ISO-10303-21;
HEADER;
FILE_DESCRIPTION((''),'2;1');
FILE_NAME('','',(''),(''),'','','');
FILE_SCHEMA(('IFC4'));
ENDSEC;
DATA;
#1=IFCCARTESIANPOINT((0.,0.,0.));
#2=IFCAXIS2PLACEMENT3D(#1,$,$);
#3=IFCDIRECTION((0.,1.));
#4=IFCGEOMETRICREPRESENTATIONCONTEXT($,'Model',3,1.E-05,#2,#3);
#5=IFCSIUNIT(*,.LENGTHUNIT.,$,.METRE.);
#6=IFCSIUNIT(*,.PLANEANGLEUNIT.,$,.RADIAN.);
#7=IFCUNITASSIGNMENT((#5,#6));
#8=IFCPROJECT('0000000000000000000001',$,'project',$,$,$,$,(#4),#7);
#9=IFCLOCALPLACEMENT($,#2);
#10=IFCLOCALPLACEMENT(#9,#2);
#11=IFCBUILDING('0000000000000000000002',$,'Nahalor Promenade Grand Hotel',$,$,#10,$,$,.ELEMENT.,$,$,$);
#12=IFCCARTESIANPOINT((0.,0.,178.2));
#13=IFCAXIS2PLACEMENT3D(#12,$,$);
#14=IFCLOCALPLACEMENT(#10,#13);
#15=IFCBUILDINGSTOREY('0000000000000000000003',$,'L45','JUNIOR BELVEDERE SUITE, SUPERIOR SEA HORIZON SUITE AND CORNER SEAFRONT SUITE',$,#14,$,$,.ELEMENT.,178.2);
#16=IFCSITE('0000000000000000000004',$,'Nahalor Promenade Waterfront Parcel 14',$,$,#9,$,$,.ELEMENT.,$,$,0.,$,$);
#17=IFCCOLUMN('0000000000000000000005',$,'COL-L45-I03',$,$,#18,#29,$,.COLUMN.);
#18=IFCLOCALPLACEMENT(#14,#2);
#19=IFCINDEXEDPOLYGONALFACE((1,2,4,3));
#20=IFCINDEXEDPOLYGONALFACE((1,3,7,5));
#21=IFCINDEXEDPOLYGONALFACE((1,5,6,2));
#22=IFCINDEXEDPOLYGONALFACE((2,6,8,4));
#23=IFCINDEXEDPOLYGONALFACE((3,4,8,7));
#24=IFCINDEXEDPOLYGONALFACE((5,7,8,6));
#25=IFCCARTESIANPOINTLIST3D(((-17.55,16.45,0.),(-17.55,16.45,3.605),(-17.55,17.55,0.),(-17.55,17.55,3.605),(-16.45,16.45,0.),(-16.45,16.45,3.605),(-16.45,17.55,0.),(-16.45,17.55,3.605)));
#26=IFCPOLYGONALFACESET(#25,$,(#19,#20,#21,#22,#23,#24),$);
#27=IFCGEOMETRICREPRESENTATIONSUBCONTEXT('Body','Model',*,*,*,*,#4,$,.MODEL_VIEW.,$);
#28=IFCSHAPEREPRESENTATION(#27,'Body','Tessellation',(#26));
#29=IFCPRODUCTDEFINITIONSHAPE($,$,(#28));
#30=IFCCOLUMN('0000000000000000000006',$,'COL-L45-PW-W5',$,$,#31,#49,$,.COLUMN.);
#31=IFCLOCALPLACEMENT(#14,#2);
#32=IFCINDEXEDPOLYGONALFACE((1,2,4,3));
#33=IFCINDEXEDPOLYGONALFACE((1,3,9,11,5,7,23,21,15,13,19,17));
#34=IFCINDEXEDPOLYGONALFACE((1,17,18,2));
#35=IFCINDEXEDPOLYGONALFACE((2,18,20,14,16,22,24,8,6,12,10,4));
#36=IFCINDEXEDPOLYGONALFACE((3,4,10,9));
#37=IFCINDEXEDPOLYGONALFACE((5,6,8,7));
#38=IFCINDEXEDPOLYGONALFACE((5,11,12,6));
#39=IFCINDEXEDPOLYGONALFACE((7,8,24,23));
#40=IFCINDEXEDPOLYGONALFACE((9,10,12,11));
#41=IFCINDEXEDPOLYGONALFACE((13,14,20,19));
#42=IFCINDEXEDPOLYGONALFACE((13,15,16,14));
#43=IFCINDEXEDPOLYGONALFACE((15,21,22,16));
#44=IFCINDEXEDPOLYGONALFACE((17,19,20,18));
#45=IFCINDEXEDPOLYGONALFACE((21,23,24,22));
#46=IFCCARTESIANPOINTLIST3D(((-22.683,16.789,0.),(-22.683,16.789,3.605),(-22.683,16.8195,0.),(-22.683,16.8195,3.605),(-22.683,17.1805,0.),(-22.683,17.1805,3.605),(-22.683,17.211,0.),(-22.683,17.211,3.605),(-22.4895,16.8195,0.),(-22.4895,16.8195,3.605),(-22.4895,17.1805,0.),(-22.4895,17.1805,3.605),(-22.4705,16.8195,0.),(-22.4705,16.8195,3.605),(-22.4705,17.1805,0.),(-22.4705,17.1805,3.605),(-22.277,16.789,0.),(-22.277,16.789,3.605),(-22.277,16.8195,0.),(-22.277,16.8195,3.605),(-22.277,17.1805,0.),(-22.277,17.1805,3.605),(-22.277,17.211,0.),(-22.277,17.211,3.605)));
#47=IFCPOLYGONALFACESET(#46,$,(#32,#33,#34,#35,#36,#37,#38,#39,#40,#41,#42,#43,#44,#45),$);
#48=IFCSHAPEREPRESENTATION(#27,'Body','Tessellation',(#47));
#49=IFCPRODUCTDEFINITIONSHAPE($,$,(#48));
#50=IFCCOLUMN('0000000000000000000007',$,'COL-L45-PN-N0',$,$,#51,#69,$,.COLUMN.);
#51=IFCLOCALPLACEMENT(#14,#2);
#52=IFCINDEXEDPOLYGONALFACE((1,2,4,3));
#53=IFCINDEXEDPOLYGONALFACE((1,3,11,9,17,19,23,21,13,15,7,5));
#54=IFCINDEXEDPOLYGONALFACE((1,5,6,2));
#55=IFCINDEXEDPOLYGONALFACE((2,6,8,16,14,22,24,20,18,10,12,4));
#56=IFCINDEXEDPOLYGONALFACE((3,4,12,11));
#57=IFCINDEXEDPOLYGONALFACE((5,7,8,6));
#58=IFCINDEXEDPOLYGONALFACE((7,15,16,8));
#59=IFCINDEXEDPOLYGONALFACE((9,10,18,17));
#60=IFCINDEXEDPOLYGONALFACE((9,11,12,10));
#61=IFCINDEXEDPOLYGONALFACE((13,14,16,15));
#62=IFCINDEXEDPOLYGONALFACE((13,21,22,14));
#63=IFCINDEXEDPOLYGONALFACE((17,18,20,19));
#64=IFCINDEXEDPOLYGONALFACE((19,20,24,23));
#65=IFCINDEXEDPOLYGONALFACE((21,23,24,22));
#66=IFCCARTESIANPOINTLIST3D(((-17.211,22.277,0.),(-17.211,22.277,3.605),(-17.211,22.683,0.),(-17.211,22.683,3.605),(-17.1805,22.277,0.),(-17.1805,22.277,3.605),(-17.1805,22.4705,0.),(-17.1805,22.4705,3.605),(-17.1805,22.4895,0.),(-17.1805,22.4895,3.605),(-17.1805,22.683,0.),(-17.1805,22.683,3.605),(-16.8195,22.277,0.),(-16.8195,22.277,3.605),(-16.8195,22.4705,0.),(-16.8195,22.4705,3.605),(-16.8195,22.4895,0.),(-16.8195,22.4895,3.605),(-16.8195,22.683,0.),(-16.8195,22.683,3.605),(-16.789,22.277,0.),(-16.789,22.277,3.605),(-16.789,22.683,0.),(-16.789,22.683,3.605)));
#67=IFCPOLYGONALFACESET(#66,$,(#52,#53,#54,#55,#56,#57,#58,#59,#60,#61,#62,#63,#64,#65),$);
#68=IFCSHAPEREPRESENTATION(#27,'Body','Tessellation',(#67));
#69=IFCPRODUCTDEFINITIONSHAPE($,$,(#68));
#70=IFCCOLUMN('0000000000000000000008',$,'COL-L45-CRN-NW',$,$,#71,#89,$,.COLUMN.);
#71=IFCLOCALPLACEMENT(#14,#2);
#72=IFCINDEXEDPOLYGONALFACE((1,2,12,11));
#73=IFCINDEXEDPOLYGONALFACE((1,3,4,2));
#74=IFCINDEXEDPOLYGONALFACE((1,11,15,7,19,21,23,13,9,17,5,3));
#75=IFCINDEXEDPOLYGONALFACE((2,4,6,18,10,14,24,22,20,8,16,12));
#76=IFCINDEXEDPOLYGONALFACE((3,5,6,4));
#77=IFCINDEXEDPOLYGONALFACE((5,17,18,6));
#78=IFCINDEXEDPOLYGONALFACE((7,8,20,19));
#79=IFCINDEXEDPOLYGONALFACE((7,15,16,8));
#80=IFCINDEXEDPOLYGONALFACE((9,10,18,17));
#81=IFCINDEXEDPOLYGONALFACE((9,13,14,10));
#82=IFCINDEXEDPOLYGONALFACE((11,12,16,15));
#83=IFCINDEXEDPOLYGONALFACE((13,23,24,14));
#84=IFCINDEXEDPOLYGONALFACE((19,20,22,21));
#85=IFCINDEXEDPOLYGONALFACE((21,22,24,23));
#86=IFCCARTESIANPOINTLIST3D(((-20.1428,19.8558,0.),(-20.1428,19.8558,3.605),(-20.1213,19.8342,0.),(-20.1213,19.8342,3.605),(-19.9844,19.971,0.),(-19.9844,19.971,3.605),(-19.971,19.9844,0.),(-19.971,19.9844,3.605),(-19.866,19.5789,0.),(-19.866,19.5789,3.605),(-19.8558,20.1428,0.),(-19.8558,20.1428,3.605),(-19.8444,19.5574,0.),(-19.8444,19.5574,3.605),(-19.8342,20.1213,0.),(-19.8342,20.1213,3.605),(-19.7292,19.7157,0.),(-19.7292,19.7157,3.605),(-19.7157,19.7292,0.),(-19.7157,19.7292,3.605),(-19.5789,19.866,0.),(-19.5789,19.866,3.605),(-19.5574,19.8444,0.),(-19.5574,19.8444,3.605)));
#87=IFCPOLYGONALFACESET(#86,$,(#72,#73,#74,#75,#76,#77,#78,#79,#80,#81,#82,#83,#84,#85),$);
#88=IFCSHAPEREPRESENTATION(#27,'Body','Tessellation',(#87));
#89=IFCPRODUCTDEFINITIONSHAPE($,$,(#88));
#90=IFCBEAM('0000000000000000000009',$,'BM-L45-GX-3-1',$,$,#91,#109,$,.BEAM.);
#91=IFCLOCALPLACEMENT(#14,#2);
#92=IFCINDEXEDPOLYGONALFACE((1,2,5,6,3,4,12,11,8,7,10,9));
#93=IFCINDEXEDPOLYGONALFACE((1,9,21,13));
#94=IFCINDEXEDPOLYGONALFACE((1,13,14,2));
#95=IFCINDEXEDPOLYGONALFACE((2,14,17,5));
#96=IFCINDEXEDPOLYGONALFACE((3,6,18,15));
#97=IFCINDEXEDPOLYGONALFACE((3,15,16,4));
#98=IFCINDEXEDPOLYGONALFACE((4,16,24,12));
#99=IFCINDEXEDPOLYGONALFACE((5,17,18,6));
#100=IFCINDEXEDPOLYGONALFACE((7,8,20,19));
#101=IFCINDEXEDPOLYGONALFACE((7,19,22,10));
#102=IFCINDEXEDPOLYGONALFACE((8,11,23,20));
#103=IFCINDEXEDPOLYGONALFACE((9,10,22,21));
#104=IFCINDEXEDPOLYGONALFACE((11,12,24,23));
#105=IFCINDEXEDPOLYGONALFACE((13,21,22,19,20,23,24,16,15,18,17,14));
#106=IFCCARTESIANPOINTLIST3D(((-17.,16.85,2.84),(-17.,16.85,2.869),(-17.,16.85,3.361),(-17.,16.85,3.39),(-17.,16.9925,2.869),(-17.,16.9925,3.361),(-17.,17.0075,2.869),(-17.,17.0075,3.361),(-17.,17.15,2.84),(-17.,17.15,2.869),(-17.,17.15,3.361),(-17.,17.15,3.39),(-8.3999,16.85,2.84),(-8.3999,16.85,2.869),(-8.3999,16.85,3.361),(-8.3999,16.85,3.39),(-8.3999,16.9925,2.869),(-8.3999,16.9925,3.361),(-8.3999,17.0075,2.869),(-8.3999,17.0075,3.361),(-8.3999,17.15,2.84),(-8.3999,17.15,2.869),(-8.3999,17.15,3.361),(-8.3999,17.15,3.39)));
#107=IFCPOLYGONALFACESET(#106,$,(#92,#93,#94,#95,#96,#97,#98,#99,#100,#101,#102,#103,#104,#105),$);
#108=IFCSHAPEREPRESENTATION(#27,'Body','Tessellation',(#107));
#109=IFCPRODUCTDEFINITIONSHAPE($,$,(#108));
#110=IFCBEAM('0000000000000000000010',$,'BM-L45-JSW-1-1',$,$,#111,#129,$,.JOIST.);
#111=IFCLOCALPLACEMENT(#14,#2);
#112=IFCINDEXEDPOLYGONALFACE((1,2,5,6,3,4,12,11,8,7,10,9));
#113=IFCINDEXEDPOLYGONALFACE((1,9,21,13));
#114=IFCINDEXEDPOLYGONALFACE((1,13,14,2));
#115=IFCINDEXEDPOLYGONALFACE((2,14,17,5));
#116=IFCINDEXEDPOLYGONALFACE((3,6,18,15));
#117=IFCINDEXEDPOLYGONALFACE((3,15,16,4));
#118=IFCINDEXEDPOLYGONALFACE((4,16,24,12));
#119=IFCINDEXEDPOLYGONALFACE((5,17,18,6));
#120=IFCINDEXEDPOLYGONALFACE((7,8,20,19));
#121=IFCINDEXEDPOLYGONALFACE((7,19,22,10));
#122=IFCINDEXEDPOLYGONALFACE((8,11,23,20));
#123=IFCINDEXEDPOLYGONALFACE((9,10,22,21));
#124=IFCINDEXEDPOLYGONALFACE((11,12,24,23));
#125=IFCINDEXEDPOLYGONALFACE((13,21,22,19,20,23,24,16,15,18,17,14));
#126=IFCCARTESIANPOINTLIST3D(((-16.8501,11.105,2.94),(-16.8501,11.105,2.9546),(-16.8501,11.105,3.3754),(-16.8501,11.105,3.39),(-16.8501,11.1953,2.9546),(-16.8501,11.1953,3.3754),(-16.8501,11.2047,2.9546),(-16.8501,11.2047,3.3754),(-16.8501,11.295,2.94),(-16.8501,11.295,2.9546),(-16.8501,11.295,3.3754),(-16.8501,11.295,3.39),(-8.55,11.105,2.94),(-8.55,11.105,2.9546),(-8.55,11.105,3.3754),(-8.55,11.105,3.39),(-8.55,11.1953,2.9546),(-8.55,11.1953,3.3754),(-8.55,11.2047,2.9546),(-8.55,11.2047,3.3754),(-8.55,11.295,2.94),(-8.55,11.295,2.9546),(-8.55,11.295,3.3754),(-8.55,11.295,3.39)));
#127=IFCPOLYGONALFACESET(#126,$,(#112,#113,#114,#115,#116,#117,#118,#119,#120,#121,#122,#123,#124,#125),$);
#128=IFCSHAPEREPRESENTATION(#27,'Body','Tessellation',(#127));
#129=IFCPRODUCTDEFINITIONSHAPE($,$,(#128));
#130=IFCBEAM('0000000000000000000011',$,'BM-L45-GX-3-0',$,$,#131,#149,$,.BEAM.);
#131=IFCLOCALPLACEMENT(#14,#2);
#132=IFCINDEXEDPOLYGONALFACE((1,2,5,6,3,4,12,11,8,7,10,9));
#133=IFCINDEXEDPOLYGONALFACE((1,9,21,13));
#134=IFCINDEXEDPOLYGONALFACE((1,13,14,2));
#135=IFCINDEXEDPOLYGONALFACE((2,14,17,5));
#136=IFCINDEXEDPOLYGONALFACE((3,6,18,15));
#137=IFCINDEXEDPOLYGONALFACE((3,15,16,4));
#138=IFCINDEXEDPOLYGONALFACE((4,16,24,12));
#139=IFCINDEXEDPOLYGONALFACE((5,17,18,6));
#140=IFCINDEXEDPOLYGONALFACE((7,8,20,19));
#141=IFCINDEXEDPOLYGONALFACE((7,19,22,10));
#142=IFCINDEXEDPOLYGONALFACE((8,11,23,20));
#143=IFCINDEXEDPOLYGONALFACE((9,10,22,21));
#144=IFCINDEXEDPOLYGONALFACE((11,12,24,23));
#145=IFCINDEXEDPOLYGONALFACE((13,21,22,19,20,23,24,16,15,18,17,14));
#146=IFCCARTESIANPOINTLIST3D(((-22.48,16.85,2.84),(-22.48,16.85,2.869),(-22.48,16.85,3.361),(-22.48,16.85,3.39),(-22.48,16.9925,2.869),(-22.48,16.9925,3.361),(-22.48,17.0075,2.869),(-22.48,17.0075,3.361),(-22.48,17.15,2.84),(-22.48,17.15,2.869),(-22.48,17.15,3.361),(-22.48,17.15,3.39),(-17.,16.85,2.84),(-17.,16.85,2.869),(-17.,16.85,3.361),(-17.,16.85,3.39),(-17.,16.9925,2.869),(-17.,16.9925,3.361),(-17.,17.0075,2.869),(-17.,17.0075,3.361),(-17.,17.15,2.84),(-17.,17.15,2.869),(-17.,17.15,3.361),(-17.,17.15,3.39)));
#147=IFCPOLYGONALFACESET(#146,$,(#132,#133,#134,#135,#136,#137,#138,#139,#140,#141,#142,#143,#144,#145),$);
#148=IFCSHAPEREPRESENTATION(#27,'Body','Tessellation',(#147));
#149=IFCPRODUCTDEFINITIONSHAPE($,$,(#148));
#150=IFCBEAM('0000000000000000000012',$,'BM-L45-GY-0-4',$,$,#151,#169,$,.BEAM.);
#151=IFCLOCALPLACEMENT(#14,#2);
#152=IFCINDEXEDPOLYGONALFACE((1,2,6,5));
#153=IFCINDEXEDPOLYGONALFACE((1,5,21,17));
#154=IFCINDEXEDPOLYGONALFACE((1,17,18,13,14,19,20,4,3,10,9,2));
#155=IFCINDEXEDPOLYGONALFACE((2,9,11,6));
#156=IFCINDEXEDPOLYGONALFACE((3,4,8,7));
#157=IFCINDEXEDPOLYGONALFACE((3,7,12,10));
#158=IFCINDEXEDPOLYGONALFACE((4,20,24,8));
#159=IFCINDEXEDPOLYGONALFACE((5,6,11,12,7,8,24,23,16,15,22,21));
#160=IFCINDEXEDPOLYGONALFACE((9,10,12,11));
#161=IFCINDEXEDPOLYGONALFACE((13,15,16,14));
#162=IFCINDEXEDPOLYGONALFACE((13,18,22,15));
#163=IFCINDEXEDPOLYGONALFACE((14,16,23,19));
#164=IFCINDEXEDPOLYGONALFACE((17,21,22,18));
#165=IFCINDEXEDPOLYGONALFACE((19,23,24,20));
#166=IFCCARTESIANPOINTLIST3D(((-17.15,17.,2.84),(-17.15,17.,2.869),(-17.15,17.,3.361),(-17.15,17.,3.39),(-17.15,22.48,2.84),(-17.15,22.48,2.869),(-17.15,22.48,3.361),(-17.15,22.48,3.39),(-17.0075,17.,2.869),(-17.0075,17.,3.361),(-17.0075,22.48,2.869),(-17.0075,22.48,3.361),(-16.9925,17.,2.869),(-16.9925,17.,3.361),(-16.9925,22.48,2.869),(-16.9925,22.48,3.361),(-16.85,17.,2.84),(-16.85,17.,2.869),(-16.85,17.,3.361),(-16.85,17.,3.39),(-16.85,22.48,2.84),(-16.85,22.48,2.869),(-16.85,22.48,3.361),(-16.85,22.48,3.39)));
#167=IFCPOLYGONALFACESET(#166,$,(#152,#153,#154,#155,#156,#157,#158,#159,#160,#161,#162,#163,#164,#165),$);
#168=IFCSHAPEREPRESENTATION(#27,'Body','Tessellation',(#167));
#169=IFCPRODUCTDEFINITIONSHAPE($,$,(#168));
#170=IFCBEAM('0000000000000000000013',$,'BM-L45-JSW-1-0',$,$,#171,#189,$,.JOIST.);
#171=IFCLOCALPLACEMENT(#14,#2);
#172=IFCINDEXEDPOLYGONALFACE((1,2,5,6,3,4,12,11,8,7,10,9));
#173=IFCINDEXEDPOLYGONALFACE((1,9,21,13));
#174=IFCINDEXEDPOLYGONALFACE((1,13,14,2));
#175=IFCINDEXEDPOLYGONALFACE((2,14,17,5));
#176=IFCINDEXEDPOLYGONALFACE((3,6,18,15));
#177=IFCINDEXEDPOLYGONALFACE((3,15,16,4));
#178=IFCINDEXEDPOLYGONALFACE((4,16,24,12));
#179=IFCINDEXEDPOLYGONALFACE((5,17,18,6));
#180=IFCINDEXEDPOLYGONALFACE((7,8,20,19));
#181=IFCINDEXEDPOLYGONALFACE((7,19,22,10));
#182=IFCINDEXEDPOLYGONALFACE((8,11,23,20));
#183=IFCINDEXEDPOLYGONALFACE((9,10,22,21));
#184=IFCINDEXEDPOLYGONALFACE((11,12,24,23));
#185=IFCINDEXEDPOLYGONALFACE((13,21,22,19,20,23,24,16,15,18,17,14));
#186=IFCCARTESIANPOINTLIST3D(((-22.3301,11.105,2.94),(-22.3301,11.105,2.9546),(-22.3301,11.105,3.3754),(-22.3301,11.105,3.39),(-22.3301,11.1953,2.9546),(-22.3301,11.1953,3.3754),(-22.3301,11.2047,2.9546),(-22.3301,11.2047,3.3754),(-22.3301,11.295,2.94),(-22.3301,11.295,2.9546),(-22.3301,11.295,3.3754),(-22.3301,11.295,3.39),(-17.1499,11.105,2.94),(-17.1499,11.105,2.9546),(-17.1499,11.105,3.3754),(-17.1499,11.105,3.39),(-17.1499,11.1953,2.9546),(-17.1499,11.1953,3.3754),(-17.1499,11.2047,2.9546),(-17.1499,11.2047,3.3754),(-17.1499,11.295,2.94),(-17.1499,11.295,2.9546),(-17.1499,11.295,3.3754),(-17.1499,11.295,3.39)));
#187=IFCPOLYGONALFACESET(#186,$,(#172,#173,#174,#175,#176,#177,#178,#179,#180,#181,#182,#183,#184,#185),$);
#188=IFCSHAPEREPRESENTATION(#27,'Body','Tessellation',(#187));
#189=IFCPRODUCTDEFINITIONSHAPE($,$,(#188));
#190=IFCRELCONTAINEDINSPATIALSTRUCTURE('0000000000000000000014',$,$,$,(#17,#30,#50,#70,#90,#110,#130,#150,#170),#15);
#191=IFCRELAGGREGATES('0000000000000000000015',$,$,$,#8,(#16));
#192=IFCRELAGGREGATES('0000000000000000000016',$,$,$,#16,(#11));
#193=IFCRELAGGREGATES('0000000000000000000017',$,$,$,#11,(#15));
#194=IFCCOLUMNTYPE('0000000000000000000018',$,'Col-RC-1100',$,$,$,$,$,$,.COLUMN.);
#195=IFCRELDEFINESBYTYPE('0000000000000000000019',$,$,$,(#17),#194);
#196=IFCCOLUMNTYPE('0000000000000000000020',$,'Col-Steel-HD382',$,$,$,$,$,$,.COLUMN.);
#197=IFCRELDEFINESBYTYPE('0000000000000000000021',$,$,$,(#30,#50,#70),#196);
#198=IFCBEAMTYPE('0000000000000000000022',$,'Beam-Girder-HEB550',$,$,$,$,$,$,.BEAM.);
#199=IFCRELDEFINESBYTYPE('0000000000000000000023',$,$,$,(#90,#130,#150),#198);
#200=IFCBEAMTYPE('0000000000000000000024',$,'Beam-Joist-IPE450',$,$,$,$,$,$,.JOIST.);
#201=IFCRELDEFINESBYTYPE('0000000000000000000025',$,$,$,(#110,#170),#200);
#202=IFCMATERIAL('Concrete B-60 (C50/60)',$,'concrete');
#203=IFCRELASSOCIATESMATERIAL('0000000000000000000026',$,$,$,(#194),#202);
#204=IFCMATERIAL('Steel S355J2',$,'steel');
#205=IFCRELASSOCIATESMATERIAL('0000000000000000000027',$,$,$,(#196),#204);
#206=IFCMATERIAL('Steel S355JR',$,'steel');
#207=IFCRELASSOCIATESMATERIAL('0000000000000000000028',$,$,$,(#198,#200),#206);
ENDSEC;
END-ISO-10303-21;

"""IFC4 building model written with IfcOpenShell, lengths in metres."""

from ifc_helpers import new_model, si_unit, direction, frame, origin, origin_2d, place, context, subcontext, project, spatial, rectangle, i_section, extrude, source, transform, mapped, material, material_profile, profile_set, type_object, element, save


model = new_model("IFC4")

# Units and contexts
model_context = context("Model", 3, precision=1e-05, world=origin(), true_north=direction((0.0, 1.0)))
body_context = subcontext(model_context, "Body", "Model", "MODEL_VIEW")
ifc_project = project(units=[si_unit("LENGTHUNIT", "METRE"), si_unit("PLANEANGLEUNIT", "RADIAN")], contexts=[model_context])

# Site, building, storey
site_placement = place(None, origin())
site = spatial("IfcSite", under=ifc_project, at=site_placement, Name="Nahalor Promenade Waterfront Parcel 14", CompositionType="ELEMENT", RefElevation=0.0)
building_placement = place(site_placement, origin())
building = spatial("IfcBuilding", under=site, at=building_placement, Name="Nahalor Promenade Grand Hotel", CompositionType="ELEMENT")
storey_placement = place(building_placement, frame((0.0, 0.0, 178.2)))
storey = spatial("IfcBuildingStorey", under=building, at=storey_placement, Name="L45", Description="JUNIOR BELVEDERE SUITE, SUPERIOR SEA HORIZON SUITE AND CORNER SEAFRONT SUITE", CompositionType="ELEMENT", Elevation=178.2)

# Columns
ifc_material_1 = material(Name="Concrete B-60 (C50/60)", Category="concrete")
ifc_material_profile_1 = material_profile(ifc_material_1, rectangle(XDim=1.1, YDim=1.1, at=origin_2d()), Name="RC 1100x1100")
ifc_profile_set_1 = profile_set([ifc_material_profile_1], Name="Concrete B-60 (C50/60)")
column_type_1 = type_object("IfcColumnType", Name="Col-RC-1100", PredefinedType="COLUMN", material=ifc_profile_set_1)
shared_shape_1 = source(origin(), body_context, "Body", "SweptSolid", [
    extrude(rectangle(XDim=1.1, YDim=1.1, at=origin_2d()), origin(), (0.0, 0.0, 1.0), 3.605),
])
column_placement = place(storey_placement, frame((-17.0, 17.0, 0.0), z_axis=(0.0, 0.0, 1.0), x_axis=(1.0, 0.0, 0.0)))
element("IfcColumn", 1, at=column_placement, inside=storey, type_object=column_type_1, Name="COL-L45-I03", PredefinedType="COLUMN", context=body_context, shape_type="MappedRepresentation", body=[
    mapped(shared_shape_1, transform((0.0, 0.0, 0.0), scale=1.0)),
])
ifc_material_2 = material(Name="Steel S355J2", Category="steel")
ifc_material_profile_2 = material_profile(ifc_material_2, i_section(OverallWidth=0.406, OverallDepth=0.422, WebThickness=0.019, FlangeThickness=0.0305, at=origin_2d()), Name="HD 400x382")
ifc_profile_set_2 = profile_set([ifc_material_profile_2], Name="Steel S355J2")
column_type_2 = type_object("IfcColumnType", Name="Col-Steel-HD382", PredefinedType="COLUMN", material=ifc_profile_set_2)
shared_shape_2 = source(origin(), body_context, "Body", "SweptSolid", [
    extrude(i_section(OverallWidth=0.406, OverallDepth=0.422, WebThickness=0.019, FlangeThickness=0.0305, at=origin_2d()), origin(), (0.0, 0.0, 1.0), 3.605),
])
for number, where, z_axis, x_axis, name in (
    (2, (-22.48, 17.0, 0.0), (0.0, 0.0, 1.0), (1.0, 0.0, 0.0), "COL-L45-PW-W5"),
    (3, (-17.0, 22.48, 0.0), (0.0, 0.0, 1.0), (0.0, 1.0, 0.0), "COL-L45-PN-N0"),
    (4, (-19.8501, 19.8501, 0.0), (0.0, 0.0, 1.0), (0.707107, 0.707107, 0.0), "COL-L45-CRN-NW"),
):
    element("IfcColumn", number, at=place(storey_placement, frame(where, z_axis=z_axis, x_axis=x_axis)), inside=storey, type_object=column_type_2, Name=name, PredefinedType="COLUMN", context=body_context, shape_type="MappedRepresentation", body=[
        mapped(shared_shape_2, transform((0.0, 0.0, 0.0), scale=1.0)),
    ])

# Beams
ifc_material_3 = material(Name="Steel S355JR", Category="steel")
ifc_material_profile_3 = material_profile(ifc_material_3, i_section(OverallWidth=0.3, OverallDepth=0.55, WebThickness=0.015, FlangeThickness=0.029, at=origin_2d()), Name="HEB 550")
ifc_profile_set_3 = profile_set([ifc_material_profile_3], Name="Steel S355JR")
beam_type_1 = type_object("IfcBeamType", Name="Beam-Girder-HEB550", PredefinedType="BEAM", material=ifc_profile_set_3)
shared_shape_3 = source(origin(), body_context, "Body", "SweptSolid", [
    extrude(i_section(OverallWidth=0.3, OverallDepth=0.55, WebThickness=0.015, FlangeThickness=0.029, at=origin_2d()), origin(), (0.0, 0.0, 1.0), 8.6001),
])
beam_1_placement = place(storey_placement, frame((-17.0, 17.0, 3.115), z_axis=(1.0, 0.0, 0.0), x_axis=(0.0, 1.0, 0.0)))
element("IfcBeam", 5, at=beam_1_placement, inside=storey, type_object=beam_type_1, Name="BM-L45-GX-3-1", PredefinedType="BEAM", context=body_context, shape_type="MappedRepresentation", body=[
    mapped(shared_shape_3, transform((0.0, 0.0, 0.0), scale=1.0)),
])
ifc_material_profile_4 = material_profile(ifc_material_3, i_section(OverallWidth=0.19, OverallDepth=0.45, WebThickness=0.0094, FlangeThickness=0.0146, at=origin_2d()), Name="IPE 450")
ifc_profile_set_4 = profile_set([ifc_material_profile_4], Name="Steel S355JR")
beam_type_2 = type_object("IfcBeamType", Name="Beam-Joist-IPE450", PredefinedType="JOIST", material=ifc_profile_set_4)
shared_shape_4 = source(origin(), body_context, "Body", "SweptSolid", [
    extrude(i_section(OverallWidth=0.19, OverallDepth=0.45, WebThickness=0.0094, FlangeThickness=0.0146, at=origin_2d()), origin(), (0.0, 0.0, 1.0), 8.3),
])
beam_2_placement = place(storey_placement, frame((-16.8501, 11.2, 3.165), z_axis=(1.0, 0.0, 0.0), x_axis=(0.0, 1.0, 0.0)))
element("IfcBeam", 6, at=beam_2_placement, inside=storey, type_object=beam_type_2, Name="BM-L45-JSW-1-1", PredefinedType="JOIST", context=body_context, shape_type="MappedRepresentation", body=[
    mapped(shared_shape_4, transform((0.0, 0.0, 0.0), scale=1.0)),
])
shared_shape_5 = source(origin(), body_context, "Body", "SweptSolid", [
    extrude(i_section(OverallWidth=0.3, OverallDepth=0.55, WebThickness=0.015, FlangeThickness=0.029, at=origin_2d()), origin(), (0.0, 0.0, 1.0), 5.48),
])
for number, where, z_axis, x_axis, name in (
    (7, (-22.48, 17.0, 3.115), (1.0, 0.0, 0.0), (0.0, 1.0, 0.0), "BM-L45-GX-3-0"),
    (8, (-17.0, 17.0, 3.115), (0.0, 1.0, 0.0), (-1.0, 0.0, 0.0), "BM-L45-GY-0-4"),
):
    element("IfcBeam", number, at=place(storey_placement, frame(where, z_axis=z_axis, x_axis=x_axis)), inside=storey, type_object=beam_type_1, Name=name, PredefinedType="BEAM", context=body_context, shape_type="MappedRepresentation", body=[
        mapped(shared_shape_5, transform((0.0, 0.0, 0.0), scale=1.0)),
    ])
shared_shape_6 = source(origin(), body_context, "Body", "SweptSolid", [
    extrude(i_section(OverallWidth=0.19, OverallDepth=0.45, WebThickness=0.0094, FlangeThickness=0.0146, at=origin_2d()), origin(), (0.0, 0.0, 1.0), 5.1802),
])
beam_3_placement = place(storey_placement, frame((-22.3301, 11.2, 3.165), z_axis=(1.0, 0.0, 0.0), x_axis=(0.0, 1.0, 0.0)))
element("IfcBeam", 9, at=beam_3_placement, inside=storey, type_object=beam_type_2, Name="BM-L45-JSW-1-0", PredefinedType="JOIST", context=body_context, shape_type="MappedRepresentation", body=[
    mapped(shared_shape_6, transform((0.0, 0.0, 0.0), scale=1.0)),
])

save(model, "model.ifc")
